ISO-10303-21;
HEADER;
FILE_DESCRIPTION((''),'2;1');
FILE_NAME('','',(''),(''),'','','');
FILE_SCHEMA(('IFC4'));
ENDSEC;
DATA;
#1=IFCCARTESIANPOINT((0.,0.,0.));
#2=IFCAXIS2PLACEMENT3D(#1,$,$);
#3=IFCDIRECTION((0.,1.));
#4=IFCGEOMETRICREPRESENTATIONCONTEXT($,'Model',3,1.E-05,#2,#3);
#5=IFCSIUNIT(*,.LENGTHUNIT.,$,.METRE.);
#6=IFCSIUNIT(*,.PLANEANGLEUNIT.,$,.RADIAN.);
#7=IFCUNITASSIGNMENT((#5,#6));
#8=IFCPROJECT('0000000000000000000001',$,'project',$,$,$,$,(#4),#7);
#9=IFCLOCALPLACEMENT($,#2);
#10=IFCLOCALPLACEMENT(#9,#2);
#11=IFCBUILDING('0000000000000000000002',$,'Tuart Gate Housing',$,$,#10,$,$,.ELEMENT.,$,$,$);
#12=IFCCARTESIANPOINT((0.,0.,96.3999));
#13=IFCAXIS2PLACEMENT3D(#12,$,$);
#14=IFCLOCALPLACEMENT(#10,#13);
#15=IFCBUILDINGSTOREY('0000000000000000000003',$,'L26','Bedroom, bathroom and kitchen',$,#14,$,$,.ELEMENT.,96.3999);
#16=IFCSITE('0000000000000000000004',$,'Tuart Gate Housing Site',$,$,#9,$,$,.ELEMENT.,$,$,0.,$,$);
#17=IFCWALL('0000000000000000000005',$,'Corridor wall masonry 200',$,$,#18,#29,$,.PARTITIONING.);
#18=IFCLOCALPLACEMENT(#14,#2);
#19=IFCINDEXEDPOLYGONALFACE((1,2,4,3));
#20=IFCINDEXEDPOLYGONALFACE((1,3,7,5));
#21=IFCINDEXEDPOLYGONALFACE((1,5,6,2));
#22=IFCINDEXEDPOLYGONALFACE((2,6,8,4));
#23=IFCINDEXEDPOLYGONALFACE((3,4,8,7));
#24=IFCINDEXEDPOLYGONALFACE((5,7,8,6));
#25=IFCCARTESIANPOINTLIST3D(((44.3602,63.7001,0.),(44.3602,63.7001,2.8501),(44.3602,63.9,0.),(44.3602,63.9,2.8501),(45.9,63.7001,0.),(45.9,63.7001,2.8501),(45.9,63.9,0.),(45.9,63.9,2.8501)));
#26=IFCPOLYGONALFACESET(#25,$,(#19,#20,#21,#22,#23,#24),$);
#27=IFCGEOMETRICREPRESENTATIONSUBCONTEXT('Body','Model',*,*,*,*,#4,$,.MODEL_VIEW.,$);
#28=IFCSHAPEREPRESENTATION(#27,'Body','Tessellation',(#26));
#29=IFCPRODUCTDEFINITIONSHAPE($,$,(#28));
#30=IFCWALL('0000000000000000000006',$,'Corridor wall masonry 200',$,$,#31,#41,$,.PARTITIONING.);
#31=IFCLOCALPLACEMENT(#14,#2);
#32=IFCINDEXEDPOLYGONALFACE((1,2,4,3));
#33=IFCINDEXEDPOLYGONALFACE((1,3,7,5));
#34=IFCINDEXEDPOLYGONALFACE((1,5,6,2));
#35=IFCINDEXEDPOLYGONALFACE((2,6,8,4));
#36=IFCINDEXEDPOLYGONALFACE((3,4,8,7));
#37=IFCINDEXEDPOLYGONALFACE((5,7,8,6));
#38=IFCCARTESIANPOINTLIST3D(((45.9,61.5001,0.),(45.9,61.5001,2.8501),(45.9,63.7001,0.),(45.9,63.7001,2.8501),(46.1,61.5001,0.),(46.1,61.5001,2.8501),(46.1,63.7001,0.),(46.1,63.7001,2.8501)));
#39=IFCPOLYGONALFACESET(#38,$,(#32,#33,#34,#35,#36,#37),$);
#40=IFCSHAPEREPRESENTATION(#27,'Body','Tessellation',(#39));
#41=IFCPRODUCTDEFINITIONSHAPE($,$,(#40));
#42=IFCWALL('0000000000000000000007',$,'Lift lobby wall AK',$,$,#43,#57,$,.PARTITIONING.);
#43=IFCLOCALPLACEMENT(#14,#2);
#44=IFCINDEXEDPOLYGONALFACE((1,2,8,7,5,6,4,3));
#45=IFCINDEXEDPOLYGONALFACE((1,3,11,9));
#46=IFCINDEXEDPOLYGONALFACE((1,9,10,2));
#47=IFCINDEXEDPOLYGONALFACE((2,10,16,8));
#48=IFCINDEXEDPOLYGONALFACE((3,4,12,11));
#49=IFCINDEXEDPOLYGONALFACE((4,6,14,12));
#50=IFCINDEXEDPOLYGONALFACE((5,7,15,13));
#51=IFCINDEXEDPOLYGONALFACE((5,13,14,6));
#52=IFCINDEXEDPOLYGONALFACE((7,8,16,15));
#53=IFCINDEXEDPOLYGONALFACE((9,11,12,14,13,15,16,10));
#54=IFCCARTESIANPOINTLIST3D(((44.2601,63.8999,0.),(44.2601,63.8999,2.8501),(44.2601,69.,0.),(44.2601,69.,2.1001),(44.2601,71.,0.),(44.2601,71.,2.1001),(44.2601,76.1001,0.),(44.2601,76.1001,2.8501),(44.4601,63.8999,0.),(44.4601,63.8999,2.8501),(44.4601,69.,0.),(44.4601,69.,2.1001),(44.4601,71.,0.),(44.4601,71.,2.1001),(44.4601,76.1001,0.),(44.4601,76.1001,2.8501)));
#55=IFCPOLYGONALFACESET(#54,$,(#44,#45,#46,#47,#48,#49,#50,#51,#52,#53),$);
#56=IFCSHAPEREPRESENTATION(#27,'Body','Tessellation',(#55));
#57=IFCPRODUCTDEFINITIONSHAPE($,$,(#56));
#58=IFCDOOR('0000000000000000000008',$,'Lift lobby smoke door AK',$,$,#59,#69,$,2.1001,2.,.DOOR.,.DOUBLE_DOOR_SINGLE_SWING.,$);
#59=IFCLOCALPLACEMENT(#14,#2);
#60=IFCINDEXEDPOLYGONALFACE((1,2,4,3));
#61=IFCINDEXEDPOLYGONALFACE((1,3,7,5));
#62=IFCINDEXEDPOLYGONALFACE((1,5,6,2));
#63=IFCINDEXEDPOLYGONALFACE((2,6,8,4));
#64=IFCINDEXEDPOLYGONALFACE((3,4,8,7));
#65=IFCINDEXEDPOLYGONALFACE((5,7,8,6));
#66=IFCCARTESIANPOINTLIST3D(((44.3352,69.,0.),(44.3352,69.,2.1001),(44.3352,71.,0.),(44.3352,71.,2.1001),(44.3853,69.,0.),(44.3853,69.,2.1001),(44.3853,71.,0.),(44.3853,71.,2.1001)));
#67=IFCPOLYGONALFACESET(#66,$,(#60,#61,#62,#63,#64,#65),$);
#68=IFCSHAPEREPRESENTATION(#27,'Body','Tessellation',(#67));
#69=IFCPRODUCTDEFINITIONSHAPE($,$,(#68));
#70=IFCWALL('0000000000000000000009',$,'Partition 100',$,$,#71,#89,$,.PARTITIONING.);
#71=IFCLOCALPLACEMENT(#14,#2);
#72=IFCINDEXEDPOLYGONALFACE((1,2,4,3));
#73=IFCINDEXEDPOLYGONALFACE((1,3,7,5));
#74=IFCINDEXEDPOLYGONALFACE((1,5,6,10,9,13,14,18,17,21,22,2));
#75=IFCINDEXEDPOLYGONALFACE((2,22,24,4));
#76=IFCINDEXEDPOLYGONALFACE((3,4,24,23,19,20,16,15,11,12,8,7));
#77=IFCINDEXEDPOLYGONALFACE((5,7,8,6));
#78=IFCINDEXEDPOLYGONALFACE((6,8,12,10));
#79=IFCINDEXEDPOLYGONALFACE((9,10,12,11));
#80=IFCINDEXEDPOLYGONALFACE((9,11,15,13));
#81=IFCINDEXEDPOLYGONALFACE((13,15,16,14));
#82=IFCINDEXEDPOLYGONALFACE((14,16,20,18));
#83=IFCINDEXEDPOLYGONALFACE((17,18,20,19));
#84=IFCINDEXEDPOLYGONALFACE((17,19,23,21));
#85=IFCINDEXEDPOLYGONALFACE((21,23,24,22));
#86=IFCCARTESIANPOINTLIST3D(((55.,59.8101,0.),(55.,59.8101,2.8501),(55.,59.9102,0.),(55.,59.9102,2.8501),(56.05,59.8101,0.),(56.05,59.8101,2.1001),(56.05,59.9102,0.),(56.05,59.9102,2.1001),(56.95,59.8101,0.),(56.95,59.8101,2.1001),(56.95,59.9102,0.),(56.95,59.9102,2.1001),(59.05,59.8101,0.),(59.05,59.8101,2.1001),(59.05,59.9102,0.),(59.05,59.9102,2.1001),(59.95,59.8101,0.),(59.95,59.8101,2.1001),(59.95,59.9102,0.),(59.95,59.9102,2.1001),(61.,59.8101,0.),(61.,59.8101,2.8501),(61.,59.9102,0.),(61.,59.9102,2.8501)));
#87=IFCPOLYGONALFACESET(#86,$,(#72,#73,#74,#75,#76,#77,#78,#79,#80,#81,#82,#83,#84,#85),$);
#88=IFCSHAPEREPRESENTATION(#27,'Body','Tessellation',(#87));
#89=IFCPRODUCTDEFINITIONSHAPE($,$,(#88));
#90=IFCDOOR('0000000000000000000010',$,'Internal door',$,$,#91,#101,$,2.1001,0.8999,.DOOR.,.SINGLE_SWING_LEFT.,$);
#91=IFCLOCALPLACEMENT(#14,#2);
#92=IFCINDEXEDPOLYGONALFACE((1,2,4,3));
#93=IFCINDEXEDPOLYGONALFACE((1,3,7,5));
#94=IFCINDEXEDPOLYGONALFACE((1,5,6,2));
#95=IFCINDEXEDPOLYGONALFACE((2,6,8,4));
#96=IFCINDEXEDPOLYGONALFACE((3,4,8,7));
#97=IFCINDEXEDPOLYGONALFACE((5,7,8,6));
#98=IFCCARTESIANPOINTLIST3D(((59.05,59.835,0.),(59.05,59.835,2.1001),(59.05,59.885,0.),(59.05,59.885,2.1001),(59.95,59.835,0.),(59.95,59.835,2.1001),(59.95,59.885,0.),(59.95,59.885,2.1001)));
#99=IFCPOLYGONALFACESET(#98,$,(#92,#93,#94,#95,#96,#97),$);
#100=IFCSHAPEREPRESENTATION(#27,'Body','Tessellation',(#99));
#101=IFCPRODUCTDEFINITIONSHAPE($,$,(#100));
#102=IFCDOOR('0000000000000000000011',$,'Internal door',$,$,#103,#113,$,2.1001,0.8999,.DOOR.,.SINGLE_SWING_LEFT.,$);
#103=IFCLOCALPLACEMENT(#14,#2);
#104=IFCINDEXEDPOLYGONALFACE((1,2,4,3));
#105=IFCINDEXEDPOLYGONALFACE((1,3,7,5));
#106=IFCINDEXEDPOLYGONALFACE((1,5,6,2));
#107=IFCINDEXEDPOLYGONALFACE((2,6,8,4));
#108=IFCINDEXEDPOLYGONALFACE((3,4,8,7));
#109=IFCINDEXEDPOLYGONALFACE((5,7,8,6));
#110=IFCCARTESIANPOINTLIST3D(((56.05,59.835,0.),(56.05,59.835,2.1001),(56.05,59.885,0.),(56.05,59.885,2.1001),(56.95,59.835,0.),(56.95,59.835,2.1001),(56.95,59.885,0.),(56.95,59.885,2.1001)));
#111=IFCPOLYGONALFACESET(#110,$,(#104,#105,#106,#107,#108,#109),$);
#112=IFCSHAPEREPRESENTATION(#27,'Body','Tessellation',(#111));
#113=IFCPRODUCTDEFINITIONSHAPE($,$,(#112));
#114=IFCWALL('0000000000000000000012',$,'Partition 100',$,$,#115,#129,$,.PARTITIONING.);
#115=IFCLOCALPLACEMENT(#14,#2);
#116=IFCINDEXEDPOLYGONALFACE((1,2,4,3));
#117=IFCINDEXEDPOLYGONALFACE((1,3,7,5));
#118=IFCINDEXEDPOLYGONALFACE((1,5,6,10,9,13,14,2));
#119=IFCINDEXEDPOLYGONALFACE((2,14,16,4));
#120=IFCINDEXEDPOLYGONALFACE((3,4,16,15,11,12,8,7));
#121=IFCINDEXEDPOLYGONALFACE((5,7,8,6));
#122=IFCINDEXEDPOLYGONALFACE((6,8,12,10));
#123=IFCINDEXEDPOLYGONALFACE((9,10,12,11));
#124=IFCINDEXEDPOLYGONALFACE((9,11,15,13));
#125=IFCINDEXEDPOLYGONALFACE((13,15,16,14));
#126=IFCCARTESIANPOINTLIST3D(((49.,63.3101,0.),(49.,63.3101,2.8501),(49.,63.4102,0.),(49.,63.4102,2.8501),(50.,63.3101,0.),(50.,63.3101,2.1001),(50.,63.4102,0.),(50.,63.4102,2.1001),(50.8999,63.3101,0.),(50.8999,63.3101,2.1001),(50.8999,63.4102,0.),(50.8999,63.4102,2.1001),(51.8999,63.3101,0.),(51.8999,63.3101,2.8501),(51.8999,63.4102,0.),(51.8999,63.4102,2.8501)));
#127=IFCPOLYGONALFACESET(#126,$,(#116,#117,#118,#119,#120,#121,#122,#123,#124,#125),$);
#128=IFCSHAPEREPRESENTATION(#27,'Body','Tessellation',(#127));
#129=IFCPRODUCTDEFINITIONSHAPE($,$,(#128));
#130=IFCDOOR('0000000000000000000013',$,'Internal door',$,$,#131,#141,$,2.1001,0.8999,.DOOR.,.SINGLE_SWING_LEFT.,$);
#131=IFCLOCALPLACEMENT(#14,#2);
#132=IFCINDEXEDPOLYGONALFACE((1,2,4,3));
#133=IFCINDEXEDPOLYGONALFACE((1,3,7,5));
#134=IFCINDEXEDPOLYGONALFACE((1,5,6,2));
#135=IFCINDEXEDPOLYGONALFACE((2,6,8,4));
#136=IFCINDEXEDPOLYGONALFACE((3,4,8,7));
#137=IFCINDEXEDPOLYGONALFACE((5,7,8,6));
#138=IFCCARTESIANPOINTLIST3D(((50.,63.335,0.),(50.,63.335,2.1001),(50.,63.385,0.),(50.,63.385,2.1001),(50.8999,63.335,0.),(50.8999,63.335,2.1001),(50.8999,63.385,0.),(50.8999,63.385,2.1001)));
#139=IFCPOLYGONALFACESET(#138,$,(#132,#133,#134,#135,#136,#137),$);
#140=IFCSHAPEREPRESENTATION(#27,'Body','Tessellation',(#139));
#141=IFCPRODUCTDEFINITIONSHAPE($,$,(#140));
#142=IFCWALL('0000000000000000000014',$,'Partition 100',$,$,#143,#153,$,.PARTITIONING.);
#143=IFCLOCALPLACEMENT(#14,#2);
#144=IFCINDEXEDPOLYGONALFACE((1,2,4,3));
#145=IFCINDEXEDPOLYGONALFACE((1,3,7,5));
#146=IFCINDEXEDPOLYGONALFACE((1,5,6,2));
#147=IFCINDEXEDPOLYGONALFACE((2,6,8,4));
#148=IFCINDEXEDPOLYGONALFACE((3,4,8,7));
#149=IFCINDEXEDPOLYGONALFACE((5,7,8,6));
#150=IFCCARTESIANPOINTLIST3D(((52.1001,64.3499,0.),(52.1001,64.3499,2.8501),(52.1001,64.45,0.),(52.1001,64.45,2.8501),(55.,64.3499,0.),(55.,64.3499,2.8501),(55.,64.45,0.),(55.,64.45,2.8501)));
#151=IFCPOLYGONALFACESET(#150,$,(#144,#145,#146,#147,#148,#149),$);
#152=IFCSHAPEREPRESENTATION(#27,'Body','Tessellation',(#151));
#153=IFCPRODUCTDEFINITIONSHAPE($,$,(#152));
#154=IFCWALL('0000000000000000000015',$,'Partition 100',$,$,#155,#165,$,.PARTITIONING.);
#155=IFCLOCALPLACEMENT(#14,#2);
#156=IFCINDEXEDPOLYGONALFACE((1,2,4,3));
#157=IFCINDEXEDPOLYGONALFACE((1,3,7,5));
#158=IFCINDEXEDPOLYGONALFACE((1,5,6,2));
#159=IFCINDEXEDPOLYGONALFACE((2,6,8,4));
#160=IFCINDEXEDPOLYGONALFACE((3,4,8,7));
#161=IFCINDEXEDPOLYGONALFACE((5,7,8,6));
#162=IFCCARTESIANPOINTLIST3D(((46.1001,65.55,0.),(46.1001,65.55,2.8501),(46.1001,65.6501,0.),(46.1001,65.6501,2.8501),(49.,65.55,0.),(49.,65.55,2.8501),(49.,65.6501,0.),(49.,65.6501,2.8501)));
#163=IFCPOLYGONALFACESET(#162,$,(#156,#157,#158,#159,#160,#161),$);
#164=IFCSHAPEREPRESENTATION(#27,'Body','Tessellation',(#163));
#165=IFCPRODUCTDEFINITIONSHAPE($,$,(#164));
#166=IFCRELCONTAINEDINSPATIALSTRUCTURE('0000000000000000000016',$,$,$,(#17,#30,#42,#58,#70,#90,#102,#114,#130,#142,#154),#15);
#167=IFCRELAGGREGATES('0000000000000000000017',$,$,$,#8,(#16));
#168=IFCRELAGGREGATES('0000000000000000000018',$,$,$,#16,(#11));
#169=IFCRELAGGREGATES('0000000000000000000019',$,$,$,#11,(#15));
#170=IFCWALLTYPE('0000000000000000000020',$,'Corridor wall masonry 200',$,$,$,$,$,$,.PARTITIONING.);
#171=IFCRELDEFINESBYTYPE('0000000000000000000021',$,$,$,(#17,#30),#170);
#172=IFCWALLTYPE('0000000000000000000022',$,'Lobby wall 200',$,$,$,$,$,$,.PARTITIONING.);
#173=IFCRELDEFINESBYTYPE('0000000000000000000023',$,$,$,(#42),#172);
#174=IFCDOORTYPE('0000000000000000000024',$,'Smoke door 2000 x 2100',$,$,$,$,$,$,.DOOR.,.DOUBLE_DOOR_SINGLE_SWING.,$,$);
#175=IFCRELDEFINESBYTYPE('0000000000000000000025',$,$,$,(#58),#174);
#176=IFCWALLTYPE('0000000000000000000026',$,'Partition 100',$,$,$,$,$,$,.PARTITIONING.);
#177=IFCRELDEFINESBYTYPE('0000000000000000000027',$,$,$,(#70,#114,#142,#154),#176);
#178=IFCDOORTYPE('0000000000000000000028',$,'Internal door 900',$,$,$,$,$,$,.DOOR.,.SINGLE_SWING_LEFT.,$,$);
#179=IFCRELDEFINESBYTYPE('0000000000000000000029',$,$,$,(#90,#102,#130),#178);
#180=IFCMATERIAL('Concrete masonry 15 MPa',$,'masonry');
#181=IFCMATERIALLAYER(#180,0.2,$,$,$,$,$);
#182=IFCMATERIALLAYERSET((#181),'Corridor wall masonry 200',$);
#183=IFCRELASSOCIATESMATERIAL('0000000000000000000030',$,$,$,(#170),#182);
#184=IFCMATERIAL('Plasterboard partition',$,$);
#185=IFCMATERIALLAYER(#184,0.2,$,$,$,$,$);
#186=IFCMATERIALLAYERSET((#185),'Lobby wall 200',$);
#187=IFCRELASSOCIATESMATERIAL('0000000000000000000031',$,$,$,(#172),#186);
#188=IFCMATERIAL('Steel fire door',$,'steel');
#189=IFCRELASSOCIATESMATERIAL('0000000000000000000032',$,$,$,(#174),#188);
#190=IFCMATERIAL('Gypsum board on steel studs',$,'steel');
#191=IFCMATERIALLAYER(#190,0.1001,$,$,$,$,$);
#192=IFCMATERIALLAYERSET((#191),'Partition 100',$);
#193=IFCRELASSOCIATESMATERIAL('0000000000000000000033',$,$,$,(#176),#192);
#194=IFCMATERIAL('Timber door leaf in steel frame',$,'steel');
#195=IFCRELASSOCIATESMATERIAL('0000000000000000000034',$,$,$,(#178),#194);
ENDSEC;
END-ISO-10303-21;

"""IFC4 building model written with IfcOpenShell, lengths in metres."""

from ifc_helpers import new_model, si_unit, direction, frame, frame_2d, origin, place, context, subcontext, project, spatial, rectangle, extrude, material, layer, layer_set, type_object, element, fill, save


model = new_model("IFC4")

# Units and contexts
model_context = context("Model", 3, precision=1e-05, world=origin(), true_north=direction((0.0, 1.0)))
body_context = subcontext(model_context, "Body", "Model", "MODEL_VIEW")
ifc_project = project(units=[si_unit("LENGTHUNIT", "METRE"), si_unit("PLANEANGLEUNIT", "RADIAN")], contexts=[model_context])

# Site, building, storey
site_placement = place(None, origin())
site = spatial("IfcSite", under=ifc_project, at=site_placement, Name="Tuart Gate Housing Site", CompositionType="ELEMENT", RefElevation=0.0)
building_placement = place(site_placement, origin())
building = spatial("IfcBuilding", under=site, at=building_placement, Name="Tuart Gate Housing", CompositionType="ELEMENT")
storey_placement = place(building_placement, frame((0.0, 0.0, 96.3999)))
storey = spatial("IfcBuildingStorey", under=building, at=storey_placement, Name="L26", Description="Bedroom, bathroom and kitchen", CompositionType="ELEMENT", Elevation=96.3999)

# Walls
ifc_material_1 = material(Name="Concrete masonry 15 MPa", Category="masonry")
ifc_layer_1 = layer(ifc_material_1, 0.2)
ifc_layer_set_1 = layer_set([ifc_layer_1], Name="Corridor wall masonry 200")
wall_type_1 = type_object("IfcWallType", Name="Corridor wall masonry 200", PredefinedType="PARTITIONING", material=ifc_layer_set_1)
wall_1_placement = place(storey_placement, frame((44.3601, 63.8, 0.0), z_axis=(0.0, 0.0, 1.0), x_axis=(1.0, 0.0, 0.0)))
element("IfcWall", 1, at=wall_1_placement, inside=storey, type_object=wall_type_1, Name="Corridor wall masonry 200", PredefinedType="PARTITIONING", context=body_context, shape_type="SweptSolid", body=[
    extrude(rectangle(XDim=1.5398, YDim=0.2, at=frame_2d((0.77, 0.0))), origin(), (0.0, 0.0, 1.0), 2.8501),
])
wall_2_placement = place(storey_placement, frame((46.0, 61.5, 0.0), z_axis=(0.0, 0.0, 1.0), x_axis=(0.0, 1.0, 0.0)))
element("IfcWall", 2, at=wall_2_placement, inside=storey, type_object=wall_type_1, Name="Corridor wall masonry 200", PredefinedType="PARTITIONING", context=body_context, shape_type="SweptSolid", body=[
    extrude(rectangle(XDim=2.2, YDim=0.2, at=frame_2d((1.1001, 0.0))), origin(), (0.0, 0.0, 1.0), 2.8501),
])

# Wall, opening, door
ifc_material_2 = material(Name="Plasterboard partition")
ifc_layer_2 = layer(ifc_material_2, 0.2)
ifc_layer_set_2 = layer_set([ifc_layer_2], Name="Lobby wall 200")
wall_type_2 = type_object("IfcWallType", Name="Lobby wall 200", PredefinedType="PARTITIONING", material=ifc_layer_set_2)
wall_3_placement = place(storey_placement, frame((44.3601, 63.8999, 0.0), z_axis=(0.0, 0.0, 1.0), x_axis=(0.0, 1.0, 0.0)))
wall_3 = element("IfcWall", 3, at=wall_3_placement, inside=storey, type_object=wall_type_2, Name="Lift lobby wall AK", PredefinedType="PARTITIONING", context=body_context, shape_type="SweptSolid", body=[
    extrude(rectangle(XDim=12.2002, YDim=0.2, at=frame_2d((6.1001, 0.0))), origin(), (0.0, 0.0, 1.0), 2.8501),
])
opening_1_placement = place(wall_3_placement, frame((5.1001, 0.0, 0.0)))
opening_1 = element("IfcOpeningElement", 4, at=opening_1_placement, cuts=wall_3, PredefinedType="OPENING", context=body_context, shape_type="SweptSolid", body=[
    extrude(rectangle(XDim=2.0, YDim=2.1001, at=frame_2d((1.0, 1.05))), frame((0.0, 0.1099, 0.0), z_axis=(0.0, -1.0, 0.0), x_axis=(1.0, 0.0, 0.0)), (0.0, 0.0, 1.0), 0.22),
])
ifc_material_3 = material(Name="Steel fire door", Category="steel")
door_type_1 = type_object("IfcDoorType", Name="Smoke door 2000 x 2100", OperationType="DOUBLE_DOOR_SINGLE_SWING", PredefinedType="DOOR", material=ifc_material_3)
door_1_placement = place(opening_1_placement, origin())
door_1 = element("IfcDoor", 5, at=door_1_placement, inside=storey, type_object=door_type_1, Name="Lift lobby smoke door AK", OperationType="DOUBLE_DOOR_SINGLE_SWING", OverallHeight=2.1001, OverallWidth=2.0, PredefinedType="DOOR", context=body_context, shape_type="SweptSolid", body=[
    extrude(rectangle(XDim=2.0, YDim=2.1001, at=frame_2d((1.0, 1.05))), frame((0.0, 0.0249, 0.0), z_axis=(0.0, -1.0, 0.0), x_axis=(1.0, 0.0, 0.0)), (0.0, 0.0, 1.0), 0.05),
])
fill(opening_1, door_1)

# Wall, openings, doors
ifc_material_4 = material(Name="Gypsum board on steel studs", Category="steel")
ifc_layer_3 = layer(ifc_material_4, 0.1001)
ifc_layer_set_3 = layer_set([ifc_layer_3], Name="Partition 100")
wall_type_3 = type_object("IfcWallType", Name="Partition 100", PredefinedType="PARTITIONING", material=ifc_layer_set_3)
wall_4_placement = place(storey_placement, frame((55.0, 59.8601, 0.0), z_axis=(0.0, 0.0, 1.0), x_axis=(1.0, 0.0, 0.0)))
wall_4 = element("IfcWall", 6, at=wall_4_placement, inside=storey, type_object=wall_type_3, Name="Partition 100", PredefinedType="PARTITIONING", context=body_context, shape_type="SweptSolid", body=[
    extrude(rectangle(XDim=6.0, YDim=0.1001, at=frame_2d((3.0, 0.0))), origin(), (0.0, 0.0, 1.0), 2.8501),
])
opening_2_placement = place(wall_4_placement, frame((4.05, 0.0, 0.0)))
opening_2 = element("IfcOpeningElement", 7, at=opening_2_placement, cuts=wall_4, PredefinedType="OPENING", context=body_context, shape_type="SweptSolid", body=[
    extrude(rectangle(XDim=0.8999, YDim=2.1001, at=frame_2d((0.45, 1.05))), frame((0.0, 0.0601, 0.0), z_axis=(0.0, -1.0, 0.0), x_axis=(1.0, 0.0, 0.0)), (0.0, 0.0, 1.0), 0.1201),
])
opening_3_placement = place(wall_4_placement, frame((1.05, 0.0, 0.0)))
opening_3 = element("IfcOpeningElement", 8, at=opening_3_placement, cuts=wall_4, PredefinedType="OPENING", context=body_context, shape_type="SweptSolid", body=[
    extrude(rectangle(XDim=0.8999, YDim=2.1001, at=frame_2d((0.45, 1.05))), frame((0.0, 0.0601, 0.0), z_axis=(0.0, -1.0, 0.0), x_axis=(1.0, 0.0, 0.0)), (0.0, 0.0, 1.0), 0.1201),
])
ifc_material_5 = material(Name="Timber door leaf in steel frame", Category="steel")
door_type_2 = type_object("IfcDoorType", Name="Internal door 900", OperationType="SINGLE_SWING_LEFT", PredefinedType="DOOR", material=ifc_material_5)
door_2_placement = place(opening_2_placement, origin())
door_2 = element("IfcDoor", 9, at=door_2_placement, inside=storey, type_object=door_type_2, Name="Internal door", OperationType="SINGLE_SWING_LEFT", OverallHeight=2.1001, OverallWidth=0.8999, PredefinedType="DOOR", context=body_context, shape_type="SweptSolid", body=[
    extrude(rectangle(XDim=0.8999, YDim=2.1001, at=frame_2d((0.45, 1.05))), frame((0.0, 0.0249, 0.0), z_axis=(0.0, -1.0, 0.0), x_axis=(1.0, 0.0, 0.0)), (0.0, 0.0, 1.0), 0.05),
])
fill(opening_2, door_2)
door_3_placement = place(opening_3_placement, origin())
door_3 = element("IfcDoor", 10, at=door_3_placement, inside=storey, type_object=door_type_2, Name="Internal door", OperationType="SINGLE_SWING_LEFT", OverallHeight=2.1001, OverallWidth=0.8999, PredefinedType="DOOR", context=body_context, shape_type="SweptSolid", body=[
    extrude(rectangle(XDim=0.8999, YDim=2.1001, at=frame_2d((0.45, 1.05))), frame((0.0, 0.0249, 0.0), z_axis=(0.0, -1.0, 0.0), x_axis=(1.0, 0.0, 0.0)), (0.0, 0.0, 1.0), 0.05),
])
fill(opening_3, door_3)

# Wall, opening, door
wall_5_placement = place(storey_placement, frame((49.0, 63.3601, 0.0), z_axis=(0.0, 0.0, 1.0), x_axis=(1.0, 0.0, 0.0)))
wall_5 = element("IfcWall", 11, at=wall_5_placement, inside=storey, type_object=wall_type_3, Name="Partition 100", PredefinedType="PARTITIONING", context=body_context, shape_type="SweptSolid", body=[
    extrude(rectangle(XDim=2.8999, YDim=0.1001, at=frame_2d((1.45, 0.0))), origin(), (0.0, 0.0, 1.0), 2.8501),
])
opening_4_placement = place(wall_5_placement, frame((1.0, 0.0, 0.0)))
opening_4 = element("IfcOpeningElement", 12, at=opening_4_placement, cuts=wall_5, PredefinedType="OPENING", context=body_context, shape_type="SweptSolid", body=[
    extrude(rectangle(XDim=0.8999, YDim=2.1001, at=frame_2d((0.45, 1.05))), frame((0.0, 0.0601, 0.0), z_axis=(0.0, -1.0, 0.0), x_axis=(1.0, 0.0, 0.0)), (0.0, 0.0, 1.0), 0.1201),
])
door_4_placement = place(opening_4_placement, origin())
door_4 = element("IfcDoor", 13, at=door_4_placement, inside=storey, type_object=door_type_2, Name="Internal door", OperationType="SINGLE_SWING_LEFT", OverallHeight=2.1001, OverallWidth=0.8999, PredefinedType="DOOR", context=body_context, shape_type="SweptSolid", body=[
    extrude(rectangle(XDim=0.8999, YDim=2.1001, at=frame_2d((0.45, 1.05))), frame((0.0, 0.0249, 0.0), z_axis=(0.0, -1.0, 0.0), x_axis=(1.0, 0.0, 0.0)), (0.0, 0.0, 1.0), 0.05),
])
fill(opening_4, door_4)

# Walls
for number, where, z_axis, x_axis, name in (
    (14, (52.1001, 64.3999, 0.0), (0.0, 0.0, 1.0), (1.0, 0.0, 0.0), "Partition 100"),
    (15, (46.1001, 65.6001, 0.0), (0.0, 0.0, 1.0), (1.0, 0.0, 0.0), "Partition 100"),
):
    element("IfcWall", number, at=place(storey_placement, frame(where, z_axis=z_axis, x_axis=x_axis)), inside=storey, type_object=wall_type_3, Name=name, PredefinedType="PARTITIONING", context=body_context, shape_type="SweptSolid", body=[
        extrude(rectangle(XDim=2.8999, YDim=0.1001, at=frame_2d((1.45, 0.0))), origin(), (0.0, 0.0, 1.0), 2.8501),
    ])

save(model, "model.ifc")
